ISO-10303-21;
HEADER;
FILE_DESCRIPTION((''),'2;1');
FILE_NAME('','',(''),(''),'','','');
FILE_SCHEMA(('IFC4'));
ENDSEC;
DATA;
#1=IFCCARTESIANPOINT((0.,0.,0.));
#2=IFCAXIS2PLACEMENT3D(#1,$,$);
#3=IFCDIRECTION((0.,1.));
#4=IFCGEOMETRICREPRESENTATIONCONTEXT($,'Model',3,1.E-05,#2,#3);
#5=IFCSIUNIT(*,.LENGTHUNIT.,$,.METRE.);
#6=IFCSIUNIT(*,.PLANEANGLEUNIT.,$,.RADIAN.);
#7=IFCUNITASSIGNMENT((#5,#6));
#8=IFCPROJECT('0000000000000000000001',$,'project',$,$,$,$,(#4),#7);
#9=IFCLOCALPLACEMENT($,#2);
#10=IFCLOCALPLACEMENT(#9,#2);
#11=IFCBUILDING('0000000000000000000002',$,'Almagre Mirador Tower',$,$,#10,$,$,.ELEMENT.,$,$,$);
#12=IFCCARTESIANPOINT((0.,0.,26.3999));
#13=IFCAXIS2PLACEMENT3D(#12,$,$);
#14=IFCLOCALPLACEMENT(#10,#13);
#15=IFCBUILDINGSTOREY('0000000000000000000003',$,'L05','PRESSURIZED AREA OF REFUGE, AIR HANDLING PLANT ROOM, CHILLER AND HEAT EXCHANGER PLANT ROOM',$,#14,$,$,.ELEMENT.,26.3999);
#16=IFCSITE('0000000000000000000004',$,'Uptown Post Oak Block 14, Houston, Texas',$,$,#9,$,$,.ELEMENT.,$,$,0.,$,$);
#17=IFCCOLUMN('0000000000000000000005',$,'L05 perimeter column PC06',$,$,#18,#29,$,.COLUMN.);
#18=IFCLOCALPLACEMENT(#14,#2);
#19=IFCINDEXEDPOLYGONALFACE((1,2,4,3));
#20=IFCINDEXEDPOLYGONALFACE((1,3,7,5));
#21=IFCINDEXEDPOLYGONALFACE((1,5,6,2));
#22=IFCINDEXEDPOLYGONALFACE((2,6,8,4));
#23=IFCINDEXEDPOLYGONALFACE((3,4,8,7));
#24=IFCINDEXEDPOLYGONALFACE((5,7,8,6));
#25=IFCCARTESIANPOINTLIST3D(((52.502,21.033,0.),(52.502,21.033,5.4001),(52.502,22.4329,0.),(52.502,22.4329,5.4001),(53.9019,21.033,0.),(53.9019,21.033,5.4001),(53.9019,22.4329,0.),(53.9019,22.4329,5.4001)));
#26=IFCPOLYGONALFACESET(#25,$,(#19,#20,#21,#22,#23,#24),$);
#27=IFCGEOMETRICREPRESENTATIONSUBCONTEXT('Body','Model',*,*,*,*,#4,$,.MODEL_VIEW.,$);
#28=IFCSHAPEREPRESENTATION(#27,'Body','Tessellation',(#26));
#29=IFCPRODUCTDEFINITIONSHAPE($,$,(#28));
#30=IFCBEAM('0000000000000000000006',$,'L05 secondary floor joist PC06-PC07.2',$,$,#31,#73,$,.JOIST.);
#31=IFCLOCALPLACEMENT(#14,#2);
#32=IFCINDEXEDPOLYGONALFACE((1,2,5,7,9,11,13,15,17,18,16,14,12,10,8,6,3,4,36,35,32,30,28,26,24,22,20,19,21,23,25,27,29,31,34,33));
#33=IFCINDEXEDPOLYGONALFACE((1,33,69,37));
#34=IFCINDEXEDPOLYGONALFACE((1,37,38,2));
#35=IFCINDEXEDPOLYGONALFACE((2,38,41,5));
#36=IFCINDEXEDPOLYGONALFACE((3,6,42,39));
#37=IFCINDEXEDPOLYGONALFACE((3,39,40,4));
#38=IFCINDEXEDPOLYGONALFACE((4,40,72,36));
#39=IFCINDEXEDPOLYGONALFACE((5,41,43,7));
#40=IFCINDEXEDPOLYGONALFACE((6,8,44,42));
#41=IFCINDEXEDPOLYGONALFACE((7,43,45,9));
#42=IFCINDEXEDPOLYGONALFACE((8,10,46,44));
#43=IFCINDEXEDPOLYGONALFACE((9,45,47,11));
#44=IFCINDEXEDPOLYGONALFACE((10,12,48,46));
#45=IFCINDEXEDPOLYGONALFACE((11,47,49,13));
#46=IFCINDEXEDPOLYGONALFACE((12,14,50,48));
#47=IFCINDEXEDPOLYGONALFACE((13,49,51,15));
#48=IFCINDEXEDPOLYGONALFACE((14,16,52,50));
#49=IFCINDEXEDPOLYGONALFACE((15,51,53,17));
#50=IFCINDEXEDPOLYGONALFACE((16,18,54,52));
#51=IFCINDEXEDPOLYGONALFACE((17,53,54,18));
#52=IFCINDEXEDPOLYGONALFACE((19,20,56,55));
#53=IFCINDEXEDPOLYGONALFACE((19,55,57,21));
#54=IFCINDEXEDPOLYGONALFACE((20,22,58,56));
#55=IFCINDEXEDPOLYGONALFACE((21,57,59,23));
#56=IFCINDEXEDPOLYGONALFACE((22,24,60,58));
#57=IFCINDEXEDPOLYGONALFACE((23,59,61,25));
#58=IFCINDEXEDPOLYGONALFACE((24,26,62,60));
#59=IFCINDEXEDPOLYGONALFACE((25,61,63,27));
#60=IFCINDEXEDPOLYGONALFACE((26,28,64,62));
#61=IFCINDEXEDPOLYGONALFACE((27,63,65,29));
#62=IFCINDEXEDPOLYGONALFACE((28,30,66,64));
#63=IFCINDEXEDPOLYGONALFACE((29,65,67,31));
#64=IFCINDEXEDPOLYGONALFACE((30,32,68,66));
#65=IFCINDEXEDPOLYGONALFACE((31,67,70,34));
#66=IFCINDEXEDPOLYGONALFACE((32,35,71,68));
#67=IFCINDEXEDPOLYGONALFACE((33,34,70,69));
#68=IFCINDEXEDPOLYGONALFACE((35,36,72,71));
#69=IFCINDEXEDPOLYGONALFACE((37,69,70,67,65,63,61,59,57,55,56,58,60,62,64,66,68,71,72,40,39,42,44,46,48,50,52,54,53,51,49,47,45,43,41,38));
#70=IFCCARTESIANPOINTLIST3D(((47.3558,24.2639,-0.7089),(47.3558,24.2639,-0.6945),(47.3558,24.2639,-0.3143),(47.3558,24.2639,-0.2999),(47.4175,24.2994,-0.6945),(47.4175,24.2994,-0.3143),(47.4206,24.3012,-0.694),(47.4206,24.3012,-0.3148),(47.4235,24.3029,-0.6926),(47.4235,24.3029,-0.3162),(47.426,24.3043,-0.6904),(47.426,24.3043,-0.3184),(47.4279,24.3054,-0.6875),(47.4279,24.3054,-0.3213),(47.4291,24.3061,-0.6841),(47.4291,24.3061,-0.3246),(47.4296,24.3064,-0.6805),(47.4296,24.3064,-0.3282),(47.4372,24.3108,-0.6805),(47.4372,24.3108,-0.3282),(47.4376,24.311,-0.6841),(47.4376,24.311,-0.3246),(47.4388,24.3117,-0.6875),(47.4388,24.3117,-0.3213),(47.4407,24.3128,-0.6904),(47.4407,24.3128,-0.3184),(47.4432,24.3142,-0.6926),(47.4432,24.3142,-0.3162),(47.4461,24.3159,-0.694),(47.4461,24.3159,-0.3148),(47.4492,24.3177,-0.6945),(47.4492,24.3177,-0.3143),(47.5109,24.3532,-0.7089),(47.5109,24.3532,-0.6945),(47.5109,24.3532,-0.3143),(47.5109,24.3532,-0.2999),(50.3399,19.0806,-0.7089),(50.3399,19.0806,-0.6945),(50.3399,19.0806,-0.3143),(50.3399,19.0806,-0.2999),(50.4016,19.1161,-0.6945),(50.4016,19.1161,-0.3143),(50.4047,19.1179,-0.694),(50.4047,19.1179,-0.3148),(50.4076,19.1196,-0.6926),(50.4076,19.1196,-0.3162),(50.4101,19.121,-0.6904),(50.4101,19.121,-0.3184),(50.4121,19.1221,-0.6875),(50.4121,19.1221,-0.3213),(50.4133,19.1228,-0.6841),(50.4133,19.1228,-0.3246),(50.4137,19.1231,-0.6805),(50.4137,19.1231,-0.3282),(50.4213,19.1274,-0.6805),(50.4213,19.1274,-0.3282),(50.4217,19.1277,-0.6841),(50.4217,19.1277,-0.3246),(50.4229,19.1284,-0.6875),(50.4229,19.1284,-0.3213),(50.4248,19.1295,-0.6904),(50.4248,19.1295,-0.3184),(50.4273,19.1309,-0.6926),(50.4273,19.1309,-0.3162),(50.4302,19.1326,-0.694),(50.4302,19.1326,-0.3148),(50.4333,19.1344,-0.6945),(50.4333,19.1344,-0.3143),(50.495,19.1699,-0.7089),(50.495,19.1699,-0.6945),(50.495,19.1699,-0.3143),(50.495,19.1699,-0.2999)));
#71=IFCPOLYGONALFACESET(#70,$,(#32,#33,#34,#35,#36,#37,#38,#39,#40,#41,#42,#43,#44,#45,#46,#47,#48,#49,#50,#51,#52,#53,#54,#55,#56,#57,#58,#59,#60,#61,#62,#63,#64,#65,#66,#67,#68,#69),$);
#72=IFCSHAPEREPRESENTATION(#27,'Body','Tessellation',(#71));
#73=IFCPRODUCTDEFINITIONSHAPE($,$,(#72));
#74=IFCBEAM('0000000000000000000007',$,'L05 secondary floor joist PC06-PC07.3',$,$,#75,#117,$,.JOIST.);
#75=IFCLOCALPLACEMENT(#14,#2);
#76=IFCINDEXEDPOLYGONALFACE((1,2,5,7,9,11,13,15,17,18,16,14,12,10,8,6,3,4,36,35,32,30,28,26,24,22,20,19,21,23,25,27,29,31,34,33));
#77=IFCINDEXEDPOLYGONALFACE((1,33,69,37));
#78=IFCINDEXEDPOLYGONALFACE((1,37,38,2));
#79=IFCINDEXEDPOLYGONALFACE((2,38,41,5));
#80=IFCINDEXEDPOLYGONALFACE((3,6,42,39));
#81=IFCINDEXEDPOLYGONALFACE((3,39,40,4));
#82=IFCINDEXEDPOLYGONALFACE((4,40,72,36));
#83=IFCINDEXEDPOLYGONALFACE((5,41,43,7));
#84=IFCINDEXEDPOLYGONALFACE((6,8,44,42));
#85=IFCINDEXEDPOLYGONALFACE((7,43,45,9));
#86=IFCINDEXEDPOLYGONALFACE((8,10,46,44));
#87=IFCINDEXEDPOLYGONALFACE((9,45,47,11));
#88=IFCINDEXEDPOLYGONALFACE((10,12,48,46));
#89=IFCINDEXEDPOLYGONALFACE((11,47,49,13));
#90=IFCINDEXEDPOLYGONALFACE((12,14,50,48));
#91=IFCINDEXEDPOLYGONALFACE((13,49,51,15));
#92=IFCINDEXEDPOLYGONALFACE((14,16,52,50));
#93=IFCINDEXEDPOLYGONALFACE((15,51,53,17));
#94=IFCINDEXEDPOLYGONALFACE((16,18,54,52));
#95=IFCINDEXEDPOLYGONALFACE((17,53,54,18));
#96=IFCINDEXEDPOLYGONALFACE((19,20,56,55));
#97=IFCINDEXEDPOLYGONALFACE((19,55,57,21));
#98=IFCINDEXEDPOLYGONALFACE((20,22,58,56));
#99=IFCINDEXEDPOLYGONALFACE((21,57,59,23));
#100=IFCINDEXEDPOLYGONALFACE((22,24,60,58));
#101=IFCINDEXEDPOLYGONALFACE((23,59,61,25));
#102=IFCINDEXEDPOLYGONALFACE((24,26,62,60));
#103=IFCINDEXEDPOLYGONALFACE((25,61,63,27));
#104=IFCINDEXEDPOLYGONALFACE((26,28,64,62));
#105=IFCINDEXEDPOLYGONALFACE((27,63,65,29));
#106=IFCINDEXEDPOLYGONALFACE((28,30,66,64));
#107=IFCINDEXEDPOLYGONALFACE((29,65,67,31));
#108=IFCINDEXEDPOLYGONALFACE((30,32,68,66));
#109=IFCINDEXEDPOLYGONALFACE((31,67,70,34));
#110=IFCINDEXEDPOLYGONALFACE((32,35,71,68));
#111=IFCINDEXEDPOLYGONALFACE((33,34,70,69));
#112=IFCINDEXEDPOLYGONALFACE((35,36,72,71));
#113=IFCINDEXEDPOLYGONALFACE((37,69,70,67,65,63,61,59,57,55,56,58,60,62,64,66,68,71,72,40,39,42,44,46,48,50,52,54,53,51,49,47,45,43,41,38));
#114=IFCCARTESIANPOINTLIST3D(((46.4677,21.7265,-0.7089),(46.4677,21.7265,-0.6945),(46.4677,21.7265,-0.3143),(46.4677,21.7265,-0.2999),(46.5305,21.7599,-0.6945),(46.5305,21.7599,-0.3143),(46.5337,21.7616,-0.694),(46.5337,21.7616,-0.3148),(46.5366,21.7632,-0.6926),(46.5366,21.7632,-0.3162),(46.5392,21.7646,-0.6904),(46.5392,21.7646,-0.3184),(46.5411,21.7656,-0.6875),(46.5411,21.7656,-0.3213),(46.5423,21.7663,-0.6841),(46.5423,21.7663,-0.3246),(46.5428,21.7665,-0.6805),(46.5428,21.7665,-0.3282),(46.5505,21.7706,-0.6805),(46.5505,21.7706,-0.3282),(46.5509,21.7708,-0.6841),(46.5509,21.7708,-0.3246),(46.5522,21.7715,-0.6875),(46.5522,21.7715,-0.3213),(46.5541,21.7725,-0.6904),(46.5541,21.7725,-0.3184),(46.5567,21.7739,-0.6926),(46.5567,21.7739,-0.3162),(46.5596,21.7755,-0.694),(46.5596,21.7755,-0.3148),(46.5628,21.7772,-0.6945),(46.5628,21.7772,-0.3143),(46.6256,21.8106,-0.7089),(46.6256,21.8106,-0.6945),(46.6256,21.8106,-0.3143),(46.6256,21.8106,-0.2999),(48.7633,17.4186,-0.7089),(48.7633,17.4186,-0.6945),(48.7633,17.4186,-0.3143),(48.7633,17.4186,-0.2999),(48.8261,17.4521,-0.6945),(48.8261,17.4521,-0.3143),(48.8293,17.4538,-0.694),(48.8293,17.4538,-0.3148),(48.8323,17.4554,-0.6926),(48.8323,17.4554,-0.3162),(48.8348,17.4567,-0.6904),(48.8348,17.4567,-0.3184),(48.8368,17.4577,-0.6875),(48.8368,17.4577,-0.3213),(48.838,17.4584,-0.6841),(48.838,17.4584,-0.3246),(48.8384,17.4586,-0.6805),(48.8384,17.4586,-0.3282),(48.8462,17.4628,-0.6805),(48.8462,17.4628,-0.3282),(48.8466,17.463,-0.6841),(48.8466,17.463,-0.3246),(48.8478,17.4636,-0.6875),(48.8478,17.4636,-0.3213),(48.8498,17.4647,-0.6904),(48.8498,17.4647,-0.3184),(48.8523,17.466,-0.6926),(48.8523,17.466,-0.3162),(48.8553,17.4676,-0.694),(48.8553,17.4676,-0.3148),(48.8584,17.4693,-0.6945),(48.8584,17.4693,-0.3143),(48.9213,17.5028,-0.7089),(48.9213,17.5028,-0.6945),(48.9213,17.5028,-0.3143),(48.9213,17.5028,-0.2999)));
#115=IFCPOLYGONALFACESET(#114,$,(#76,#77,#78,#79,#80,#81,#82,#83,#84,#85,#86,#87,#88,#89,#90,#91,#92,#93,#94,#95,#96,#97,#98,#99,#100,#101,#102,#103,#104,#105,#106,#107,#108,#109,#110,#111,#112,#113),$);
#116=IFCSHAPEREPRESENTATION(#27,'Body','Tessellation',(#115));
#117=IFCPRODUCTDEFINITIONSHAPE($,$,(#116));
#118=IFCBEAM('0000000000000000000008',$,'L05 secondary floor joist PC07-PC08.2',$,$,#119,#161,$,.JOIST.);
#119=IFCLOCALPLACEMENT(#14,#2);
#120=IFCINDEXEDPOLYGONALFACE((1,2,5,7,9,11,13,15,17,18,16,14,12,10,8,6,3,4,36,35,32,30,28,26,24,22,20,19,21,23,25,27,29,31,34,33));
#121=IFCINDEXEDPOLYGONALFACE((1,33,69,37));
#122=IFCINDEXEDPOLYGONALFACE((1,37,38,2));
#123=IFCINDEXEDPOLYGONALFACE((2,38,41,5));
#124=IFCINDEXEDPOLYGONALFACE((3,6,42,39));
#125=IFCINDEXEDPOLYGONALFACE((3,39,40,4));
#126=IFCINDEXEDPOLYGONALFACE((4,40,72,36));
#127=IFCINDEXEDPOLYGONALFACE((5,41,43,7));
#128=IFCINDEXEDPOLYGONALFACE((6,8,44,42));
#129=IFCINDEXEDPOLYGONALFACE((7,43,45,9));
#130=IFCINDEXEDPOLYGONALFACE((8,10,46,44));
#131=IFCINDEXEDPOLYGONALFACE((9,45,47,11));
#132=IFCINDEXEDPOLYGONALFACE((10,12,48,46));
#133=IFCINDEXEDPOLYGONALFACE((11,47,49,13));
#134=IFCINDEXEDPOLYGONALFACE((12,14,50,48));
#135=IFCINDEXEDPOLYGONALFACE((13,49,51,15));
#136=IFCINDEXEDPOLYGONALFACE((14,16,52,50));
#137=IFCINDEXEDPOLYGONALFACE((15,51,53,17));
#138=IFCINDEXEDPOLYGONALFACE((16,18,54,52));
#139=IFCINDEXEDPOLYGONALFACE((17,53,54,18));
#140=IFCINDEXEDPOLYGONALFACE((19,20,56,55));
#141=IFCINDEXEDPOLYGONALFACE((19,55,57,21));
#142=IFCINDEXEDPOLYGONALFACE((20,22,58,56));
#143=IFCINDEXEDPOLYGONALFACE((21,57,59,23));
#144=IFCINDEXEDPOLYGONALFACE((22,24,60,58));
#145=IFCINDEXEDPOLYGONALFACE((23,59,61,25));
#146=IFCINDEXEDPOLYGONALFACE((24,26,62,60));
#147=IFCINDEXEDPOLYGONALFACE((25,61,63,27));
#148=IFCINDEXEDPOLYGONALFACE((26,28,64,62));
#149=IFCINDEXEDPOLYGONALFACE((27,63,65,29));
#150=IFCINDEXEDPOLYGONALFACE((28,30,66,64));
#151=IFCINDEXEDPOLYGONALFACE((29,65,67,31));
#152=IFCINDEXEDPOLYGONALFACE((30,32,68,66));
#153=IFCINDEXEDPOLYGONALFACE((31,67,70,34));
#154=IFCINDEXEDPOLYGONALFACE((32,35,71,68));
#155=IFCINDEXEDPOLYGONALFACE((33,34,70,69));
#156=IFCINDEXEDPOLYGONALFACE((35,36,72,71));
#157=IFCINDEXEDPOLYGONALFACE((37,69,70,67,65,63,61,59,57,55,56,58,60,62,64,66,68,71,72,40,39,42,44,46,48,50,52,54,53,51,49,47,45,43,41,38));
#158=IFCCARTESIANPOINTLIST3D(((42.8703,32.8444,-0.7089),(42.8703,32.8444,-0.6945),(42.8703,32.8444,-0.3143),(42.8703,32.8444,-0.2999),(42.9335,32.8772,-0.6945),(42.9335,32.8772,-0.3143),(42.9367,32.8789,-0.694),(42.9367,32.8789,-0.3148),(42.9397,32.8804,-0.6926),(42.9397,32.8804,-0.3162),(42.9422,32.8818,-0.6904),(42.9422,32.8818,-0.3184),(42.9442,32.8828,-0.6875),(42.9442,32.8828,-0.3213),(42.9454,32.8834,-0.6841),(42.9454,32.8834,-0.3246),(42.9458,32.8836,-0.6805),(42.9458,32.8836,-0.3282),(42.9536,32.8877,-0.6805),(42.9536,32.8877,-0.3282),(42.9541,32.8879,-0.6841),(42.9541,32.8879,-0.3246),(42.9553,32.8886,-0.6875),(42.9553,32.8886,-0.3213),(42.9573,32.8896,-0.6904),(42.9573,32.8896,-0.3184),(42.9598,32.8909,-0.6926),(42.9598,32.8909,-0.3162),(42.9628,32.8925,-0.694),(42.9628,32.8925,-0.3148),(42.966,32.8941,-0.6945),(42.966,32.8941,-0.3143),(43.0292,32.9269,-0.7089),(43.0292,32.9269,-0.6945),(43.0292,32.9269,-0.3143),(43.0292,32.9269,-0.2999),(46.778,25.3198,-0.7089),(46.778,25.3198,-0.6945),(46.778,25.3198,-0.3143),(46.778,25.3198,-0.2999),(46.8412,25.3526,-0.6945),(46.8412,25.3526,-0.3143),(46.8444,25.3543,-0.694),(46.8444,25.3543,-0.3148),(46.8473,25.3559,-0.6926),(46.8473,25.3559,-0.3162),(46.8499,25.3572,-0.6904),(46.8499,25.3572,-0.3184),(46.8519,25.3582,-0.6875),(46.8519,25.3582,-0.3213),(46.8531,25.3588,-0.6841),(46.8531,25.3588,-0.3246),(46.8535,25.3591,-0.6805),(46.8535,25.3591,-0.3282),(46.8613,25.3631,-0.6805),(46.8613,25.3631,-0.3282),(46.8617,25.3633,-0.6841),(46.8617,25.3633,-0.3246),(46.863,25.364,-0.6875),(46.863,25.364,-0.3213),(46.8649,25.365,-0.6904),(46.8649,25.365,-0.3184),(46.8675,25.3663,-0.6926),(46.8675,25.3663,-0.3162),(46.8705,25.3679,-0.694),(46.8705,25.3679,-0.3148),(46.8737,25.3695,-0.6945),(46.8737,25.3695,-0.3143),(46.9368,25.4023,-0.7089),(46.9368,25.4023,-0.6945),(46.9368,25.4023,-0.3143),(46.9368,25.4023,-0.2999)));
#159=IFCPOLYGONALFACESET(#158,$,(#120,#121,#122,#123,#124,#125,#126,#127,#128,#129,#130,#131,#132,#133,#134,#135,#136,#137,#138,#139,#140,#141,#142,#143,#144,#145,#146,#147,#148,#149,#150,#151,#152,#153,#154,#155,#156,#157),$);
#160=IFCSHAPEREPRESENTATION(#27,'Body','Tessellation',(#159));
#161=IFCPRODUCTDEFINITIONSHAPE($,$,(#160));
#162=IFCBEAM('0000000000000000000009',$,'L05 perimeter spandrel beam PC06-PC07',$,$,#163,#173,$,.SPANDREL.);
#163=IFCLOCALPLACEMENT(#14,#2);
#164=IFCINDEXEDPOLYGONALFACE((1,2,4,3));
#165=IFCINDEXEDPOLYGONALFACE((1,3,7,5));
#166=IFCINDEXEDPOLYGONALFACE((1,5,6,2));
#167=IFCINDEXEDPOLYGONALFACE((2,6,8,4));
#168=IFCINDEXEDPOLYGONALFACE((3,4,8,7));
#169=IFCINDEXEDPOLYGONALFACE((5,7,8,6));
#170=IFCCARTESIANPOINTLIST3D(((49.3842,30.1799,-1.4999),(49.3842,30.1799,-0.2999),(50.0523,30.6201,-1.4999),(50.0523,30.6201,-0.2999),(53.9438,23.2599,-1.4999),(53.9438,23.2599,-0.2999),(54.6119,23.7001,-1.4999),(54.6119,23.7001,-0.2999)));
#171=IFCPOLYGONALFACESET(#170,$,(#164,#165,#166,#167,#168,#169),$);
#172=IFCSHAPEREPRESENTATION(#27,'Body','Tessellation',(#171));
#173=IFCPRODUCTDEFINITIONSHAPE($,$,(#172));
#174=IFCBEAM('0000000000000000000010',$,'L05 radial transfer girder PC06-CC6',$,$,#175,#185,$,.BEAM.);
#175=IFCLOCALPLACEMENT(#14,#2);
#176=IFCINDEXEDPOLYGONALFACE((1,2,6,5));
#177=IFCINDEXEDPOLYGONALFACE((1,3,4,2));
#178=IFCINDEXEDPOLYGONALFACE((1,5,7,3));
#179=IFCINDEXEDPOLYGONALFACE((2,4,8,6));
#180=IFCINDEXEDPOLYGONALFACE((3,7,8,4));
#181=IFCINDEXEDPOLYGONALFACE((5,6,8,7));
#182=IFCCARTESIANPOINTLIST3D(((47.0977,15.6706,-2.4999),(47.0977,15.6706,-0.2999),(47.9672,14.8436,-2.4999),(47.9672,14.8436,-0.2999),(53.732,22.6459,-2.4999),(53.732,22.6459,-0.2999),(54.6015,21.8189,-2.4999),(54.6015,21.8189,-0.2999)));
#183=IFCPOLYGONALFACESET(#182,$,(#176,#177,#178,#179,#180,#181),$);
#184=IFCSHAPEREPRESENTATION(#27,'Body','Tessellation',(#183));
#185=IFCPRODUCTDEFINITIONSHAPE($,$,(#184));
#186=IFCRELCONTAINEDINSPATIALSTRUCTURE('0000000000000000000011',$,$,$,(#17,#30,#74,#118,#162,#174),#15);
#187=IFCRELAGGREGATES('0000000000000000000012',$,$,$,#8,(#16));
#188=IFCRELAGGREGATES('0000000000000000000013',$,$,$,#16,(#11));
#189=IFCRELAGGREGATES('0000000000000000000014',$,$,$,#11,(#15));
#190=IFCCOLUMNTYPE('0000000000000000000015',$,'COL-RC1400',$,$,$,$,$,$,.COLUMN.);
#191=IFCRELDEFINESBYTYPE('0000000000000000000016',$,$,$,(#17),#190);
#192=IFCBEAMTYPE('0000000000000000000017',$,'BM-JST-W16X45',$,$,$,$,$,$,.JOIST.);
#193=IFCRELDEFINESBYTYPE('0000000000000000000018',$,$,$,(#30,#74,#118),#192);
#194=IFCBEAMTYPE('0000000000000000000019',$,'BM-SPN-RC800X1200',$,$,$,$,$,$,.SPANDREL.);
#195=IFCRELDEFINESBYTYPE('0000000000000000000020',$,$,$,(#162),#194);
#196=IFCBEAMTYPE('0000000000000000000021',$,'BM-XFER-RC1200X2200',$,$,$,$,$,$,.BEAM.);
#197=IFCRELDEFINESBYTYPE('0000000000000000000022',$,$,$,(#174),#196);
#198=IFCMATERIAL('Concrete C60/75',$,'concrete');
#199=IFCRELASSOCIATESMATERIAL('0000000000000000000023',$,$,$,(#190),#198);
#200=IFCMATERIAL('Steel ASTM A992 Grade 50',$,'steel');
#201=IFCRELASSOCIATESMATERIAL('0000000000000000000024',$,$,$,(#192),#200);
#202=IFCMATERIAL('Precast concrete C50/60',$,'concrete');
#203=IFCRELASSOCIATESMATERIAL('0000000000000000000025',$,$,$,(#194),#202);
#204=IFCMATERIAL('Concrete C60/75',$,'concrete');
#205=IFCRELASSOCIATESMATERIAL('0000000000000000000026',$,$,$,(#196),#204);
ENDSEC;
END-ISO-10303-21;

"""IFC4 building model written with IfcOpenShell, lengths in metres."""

from ifc_helpers import new_model, si_unit, direction, frame, origin, origin_2d, place, context, subcontext, project, spatial, rectangle, i_section, extrude, material, material_profile, profile_set, type_object, element, save


model = new_model("IFC4")

# Units and contexts
model_context = context("Model", 3, precision=1e-05, world=origin(), true_north=direction((0.0, 1.0)))
body_context = subcontext(model_context, "Body", "Model", "MODEL_VIEW")
ifc_project = project(units=[si_unit("LENGTHUNIT", "METRE"), si_unit("PLANEANGLEUNIT", "RADIAN")], contexts=[model_context])

# Site, building, storey
site_placement = place(None, origin())
site = spatial("IfcSite", under=ifc_project, at=site_placement, Name="Uptown Post Oak Block 14, Houston, Texas", CompositionType="ELEMENT", RefElevation=0.0)
building_placement = place(site_placement, origin())
building = spatial("IfcBuilding", under=site, at=building_placement, Name="Almagre Mirador Tower", CompositionType="ELEMENT")
storey_placement = place(building_placement, frame((0.0, 0.0, 26.3999)))
storey = spatial("IfcBuildingStorey", under=building, at=storey_placement, Name="L05", Description="PRESSURIZED AREA OF REFUGE, AIR HANDLING PLANT ROOM, CHILLER AND HEAT EXCHANGER PLANT ROOM", CompositionType="ELEMENT", Elevation=26.3999)

# Column
ifc_material_1 = material(Name="Concrete C60/75", Category="concrete")
ifc_material_profile_1 = material_profile(ifc_material_1, rectangle(XDim=1.3999, YDim=1.3999, at=origin_2d()), Name="RC1400X1400")
ifc_profile_set_1 = profile_set([ifc_material_profile_1], Name="Concrete C60/75")
column_type = type_object("IfcColumnType", Name="COL-RC1400", PredefinedType="COLUMN", material=ifc_profile_set_1)
column_placement = place(storey_placement, frame((53.2019, 21.7329, 0.0), z_axis=(0.0, 0.0, 1.0), x_axis=(1.0, 0.0, 0.0)))
element("IfcColumn", 1, at=column_placement, inside=storey, type_object=column_type, Name="L05 perimeter column PC06", PredefinedType="COLUMN", context=body_context, shape_type="SweptSolid", body=[
    extrude(rectangle(XDim=1.3999, YDim=1.3999, at=origin_2d()), origin(), (0.0, 0.0, 1.0), 5.4001),
])

# Beams
ifc_material_2 = material(Name="Steel ASTM A992 Grade 50", Category="steel")
ifc_material_profile_2 = material_profile(ifc_material_2, i_section(OverallWidth=0.179, OverallDepth=0.4089, WebThickness=0.0088, FlangeThickness=0.0144, FilletRadius=0.0139, at=origin_2d()), Name="W16X45")
ifc_profile_set_2 = profile_set([ifc_material_profile_2], Name="Steel ASTM A992 Grade 50")
beam_type_1 = type_object("IfcBeamType", Name="BM-JST-W16X45", PredefinedType="JOIST", material=ifc_profile_set_2)
beam_1_placement = place(storey_placement, frame((50.4175, 19.1252, -0.5044), z_axis=(-0.498937, 0.866639, 0.0), x_axis=(-0.866639, -0.498937, 0.0)))
element("IfcBeam", 2, at=beam_1_placement, inside=storey, type_object=beam_type_1, Name="L05 secondary floor joist PC06-PC07.2", PredefinedType="JOIST", context=body_context, shape_type="SweptSolid", body=[
    extrude(i_section(OverallWidth=0.179, OverallDepth=0.4089, WebThickness=0.0088, FlangeThickness=0.0144, FilletRadius=0.0139, at=origin_2d()), origin(), (0.0, 0.0, 1.0), 5.981),
])
beam_2_placement = place(storey_placement, frame((48.8423, 17.4607, -0.5044), z_axis=(-0.47029, 0.882512, 0.0), x_axis=(-0.882512, -0.47029, 0.0)))
element("IfcBeam", 3, at=beam_2_placement, inside=storey, type_object=beam_type_1, Name="L05 secondary floor joist PC06-PC07.3", PredefinedType="JOIST", context=body_context, shape_type="SweptSolid", body=[
    extrude(i_section(OverallWidth=0.179, OverallDepth=0.4089, WebThickness=0.0088, FlangeThickness=0.0144, FilletRadius=0.0139, at=origin_2d()), origin(), (0.0, 0.0, 1.0), 4.8813),
])
beam_3_placement = place(storey_placement, frame((46.8574, 25.3611, -0.5044), z_axis=(-0.460879, 0.887463, 0.0), x_axis=(-0.887463, -0.460879, 0.0)))
element("IfcBeam", 4, at=beam_3_placement, inside=storey, type_object=beam_type_1, Name="L05 secondary floor joist PC07-PC08.2", PredefinedType="JOIST", context=body_context, shape_type="SweptSolid", body=[
    extrude(i_section(OverallWidth=0.179, OverallDepth=0.4089, WebThickness=0.0088, FlangeThickness=0.0144, FilletRadius=0.0139, at=origin_2d()), origin(), (0.0, 0.0, 1.0), 8.4788),
])
ifc_material_3 = material(Name="Precast concrete C50/60", Category="concrete")
ifc_material_profile_3 = material_profile(ifc_material_3, rectangle(XDim=0.8, YDim=1.2, at=origin_2d()), Name="RC800X1200")
ifc_profile_set_3 = profile_set([ifc_material_profile_3], Name="Precast concrete C50/60")
beam_type_2 = type_object("IfcBeamType", Name="BM-SPN-RC800X1200", PredefinedType="SPANDREL", material=ifc_profile_set_3)
beam_4_placement = place(storey_placement, frame((54.2778, 23.48, -0.8999), z_axis=(-0.550205, 0.83503, 0.0), x_axis=(-0.83503, -0.550205, 0.0)))
element("IfcBeam", 5, at=beam_4_placement, inside=storey, type_object=beam_type_2, Name="L05 perimeter spandrel beam PC06-PC07", PredefinedType="SPANDREL", context=body_context, shape_type="SweptSolid", body=[
    extrude(rectangle(XDim=0.8, YDim=1.2, at=origin_2d()), origin(), (0.0, 0.0, 1.0), 8.2871),
])
ifc_material_4 = material(Name="Concrete C60/75", Category="concrete")
ifc_material_profile_4 = material_profile(ifc_material_4, rectangle(XDim=1.2, YDim=2.2, at=origin_2d()), Name="RC1200X2200")
ifc_profile_set_4 = profile_set([ifc_material_profile_4], Name="Concrete C60/75")
beam_type_3 = type_object("IfcBeamType", Name="BM-XFER-RC1200X2200", PredefinedType="BEAM", material=ifc_profile_set_4)
beam_5_placement = place(storey_placement, frame((54.1667, 22.2324, -1.3999), z_axis=(-0.68917, -0.7246, 0.0), x_axis=(0.7246, -0.68917, 0.0)))
element("IfcBeam", 6, at=beam_5_placement, inside=storey, type_object=beam_type_3, Name="L05 radial transfer girder PC06-CC6", PredefinedType="BEAM", context=body_context, shape_type="SweptSolid", body=[
    extrude(rectangle(XDim=1.2, YDim=2.2, at=origin_2d()), origin(), (0.0, 0.0, 1.0), 9.6265),
])

save(model, "model.ifc")
